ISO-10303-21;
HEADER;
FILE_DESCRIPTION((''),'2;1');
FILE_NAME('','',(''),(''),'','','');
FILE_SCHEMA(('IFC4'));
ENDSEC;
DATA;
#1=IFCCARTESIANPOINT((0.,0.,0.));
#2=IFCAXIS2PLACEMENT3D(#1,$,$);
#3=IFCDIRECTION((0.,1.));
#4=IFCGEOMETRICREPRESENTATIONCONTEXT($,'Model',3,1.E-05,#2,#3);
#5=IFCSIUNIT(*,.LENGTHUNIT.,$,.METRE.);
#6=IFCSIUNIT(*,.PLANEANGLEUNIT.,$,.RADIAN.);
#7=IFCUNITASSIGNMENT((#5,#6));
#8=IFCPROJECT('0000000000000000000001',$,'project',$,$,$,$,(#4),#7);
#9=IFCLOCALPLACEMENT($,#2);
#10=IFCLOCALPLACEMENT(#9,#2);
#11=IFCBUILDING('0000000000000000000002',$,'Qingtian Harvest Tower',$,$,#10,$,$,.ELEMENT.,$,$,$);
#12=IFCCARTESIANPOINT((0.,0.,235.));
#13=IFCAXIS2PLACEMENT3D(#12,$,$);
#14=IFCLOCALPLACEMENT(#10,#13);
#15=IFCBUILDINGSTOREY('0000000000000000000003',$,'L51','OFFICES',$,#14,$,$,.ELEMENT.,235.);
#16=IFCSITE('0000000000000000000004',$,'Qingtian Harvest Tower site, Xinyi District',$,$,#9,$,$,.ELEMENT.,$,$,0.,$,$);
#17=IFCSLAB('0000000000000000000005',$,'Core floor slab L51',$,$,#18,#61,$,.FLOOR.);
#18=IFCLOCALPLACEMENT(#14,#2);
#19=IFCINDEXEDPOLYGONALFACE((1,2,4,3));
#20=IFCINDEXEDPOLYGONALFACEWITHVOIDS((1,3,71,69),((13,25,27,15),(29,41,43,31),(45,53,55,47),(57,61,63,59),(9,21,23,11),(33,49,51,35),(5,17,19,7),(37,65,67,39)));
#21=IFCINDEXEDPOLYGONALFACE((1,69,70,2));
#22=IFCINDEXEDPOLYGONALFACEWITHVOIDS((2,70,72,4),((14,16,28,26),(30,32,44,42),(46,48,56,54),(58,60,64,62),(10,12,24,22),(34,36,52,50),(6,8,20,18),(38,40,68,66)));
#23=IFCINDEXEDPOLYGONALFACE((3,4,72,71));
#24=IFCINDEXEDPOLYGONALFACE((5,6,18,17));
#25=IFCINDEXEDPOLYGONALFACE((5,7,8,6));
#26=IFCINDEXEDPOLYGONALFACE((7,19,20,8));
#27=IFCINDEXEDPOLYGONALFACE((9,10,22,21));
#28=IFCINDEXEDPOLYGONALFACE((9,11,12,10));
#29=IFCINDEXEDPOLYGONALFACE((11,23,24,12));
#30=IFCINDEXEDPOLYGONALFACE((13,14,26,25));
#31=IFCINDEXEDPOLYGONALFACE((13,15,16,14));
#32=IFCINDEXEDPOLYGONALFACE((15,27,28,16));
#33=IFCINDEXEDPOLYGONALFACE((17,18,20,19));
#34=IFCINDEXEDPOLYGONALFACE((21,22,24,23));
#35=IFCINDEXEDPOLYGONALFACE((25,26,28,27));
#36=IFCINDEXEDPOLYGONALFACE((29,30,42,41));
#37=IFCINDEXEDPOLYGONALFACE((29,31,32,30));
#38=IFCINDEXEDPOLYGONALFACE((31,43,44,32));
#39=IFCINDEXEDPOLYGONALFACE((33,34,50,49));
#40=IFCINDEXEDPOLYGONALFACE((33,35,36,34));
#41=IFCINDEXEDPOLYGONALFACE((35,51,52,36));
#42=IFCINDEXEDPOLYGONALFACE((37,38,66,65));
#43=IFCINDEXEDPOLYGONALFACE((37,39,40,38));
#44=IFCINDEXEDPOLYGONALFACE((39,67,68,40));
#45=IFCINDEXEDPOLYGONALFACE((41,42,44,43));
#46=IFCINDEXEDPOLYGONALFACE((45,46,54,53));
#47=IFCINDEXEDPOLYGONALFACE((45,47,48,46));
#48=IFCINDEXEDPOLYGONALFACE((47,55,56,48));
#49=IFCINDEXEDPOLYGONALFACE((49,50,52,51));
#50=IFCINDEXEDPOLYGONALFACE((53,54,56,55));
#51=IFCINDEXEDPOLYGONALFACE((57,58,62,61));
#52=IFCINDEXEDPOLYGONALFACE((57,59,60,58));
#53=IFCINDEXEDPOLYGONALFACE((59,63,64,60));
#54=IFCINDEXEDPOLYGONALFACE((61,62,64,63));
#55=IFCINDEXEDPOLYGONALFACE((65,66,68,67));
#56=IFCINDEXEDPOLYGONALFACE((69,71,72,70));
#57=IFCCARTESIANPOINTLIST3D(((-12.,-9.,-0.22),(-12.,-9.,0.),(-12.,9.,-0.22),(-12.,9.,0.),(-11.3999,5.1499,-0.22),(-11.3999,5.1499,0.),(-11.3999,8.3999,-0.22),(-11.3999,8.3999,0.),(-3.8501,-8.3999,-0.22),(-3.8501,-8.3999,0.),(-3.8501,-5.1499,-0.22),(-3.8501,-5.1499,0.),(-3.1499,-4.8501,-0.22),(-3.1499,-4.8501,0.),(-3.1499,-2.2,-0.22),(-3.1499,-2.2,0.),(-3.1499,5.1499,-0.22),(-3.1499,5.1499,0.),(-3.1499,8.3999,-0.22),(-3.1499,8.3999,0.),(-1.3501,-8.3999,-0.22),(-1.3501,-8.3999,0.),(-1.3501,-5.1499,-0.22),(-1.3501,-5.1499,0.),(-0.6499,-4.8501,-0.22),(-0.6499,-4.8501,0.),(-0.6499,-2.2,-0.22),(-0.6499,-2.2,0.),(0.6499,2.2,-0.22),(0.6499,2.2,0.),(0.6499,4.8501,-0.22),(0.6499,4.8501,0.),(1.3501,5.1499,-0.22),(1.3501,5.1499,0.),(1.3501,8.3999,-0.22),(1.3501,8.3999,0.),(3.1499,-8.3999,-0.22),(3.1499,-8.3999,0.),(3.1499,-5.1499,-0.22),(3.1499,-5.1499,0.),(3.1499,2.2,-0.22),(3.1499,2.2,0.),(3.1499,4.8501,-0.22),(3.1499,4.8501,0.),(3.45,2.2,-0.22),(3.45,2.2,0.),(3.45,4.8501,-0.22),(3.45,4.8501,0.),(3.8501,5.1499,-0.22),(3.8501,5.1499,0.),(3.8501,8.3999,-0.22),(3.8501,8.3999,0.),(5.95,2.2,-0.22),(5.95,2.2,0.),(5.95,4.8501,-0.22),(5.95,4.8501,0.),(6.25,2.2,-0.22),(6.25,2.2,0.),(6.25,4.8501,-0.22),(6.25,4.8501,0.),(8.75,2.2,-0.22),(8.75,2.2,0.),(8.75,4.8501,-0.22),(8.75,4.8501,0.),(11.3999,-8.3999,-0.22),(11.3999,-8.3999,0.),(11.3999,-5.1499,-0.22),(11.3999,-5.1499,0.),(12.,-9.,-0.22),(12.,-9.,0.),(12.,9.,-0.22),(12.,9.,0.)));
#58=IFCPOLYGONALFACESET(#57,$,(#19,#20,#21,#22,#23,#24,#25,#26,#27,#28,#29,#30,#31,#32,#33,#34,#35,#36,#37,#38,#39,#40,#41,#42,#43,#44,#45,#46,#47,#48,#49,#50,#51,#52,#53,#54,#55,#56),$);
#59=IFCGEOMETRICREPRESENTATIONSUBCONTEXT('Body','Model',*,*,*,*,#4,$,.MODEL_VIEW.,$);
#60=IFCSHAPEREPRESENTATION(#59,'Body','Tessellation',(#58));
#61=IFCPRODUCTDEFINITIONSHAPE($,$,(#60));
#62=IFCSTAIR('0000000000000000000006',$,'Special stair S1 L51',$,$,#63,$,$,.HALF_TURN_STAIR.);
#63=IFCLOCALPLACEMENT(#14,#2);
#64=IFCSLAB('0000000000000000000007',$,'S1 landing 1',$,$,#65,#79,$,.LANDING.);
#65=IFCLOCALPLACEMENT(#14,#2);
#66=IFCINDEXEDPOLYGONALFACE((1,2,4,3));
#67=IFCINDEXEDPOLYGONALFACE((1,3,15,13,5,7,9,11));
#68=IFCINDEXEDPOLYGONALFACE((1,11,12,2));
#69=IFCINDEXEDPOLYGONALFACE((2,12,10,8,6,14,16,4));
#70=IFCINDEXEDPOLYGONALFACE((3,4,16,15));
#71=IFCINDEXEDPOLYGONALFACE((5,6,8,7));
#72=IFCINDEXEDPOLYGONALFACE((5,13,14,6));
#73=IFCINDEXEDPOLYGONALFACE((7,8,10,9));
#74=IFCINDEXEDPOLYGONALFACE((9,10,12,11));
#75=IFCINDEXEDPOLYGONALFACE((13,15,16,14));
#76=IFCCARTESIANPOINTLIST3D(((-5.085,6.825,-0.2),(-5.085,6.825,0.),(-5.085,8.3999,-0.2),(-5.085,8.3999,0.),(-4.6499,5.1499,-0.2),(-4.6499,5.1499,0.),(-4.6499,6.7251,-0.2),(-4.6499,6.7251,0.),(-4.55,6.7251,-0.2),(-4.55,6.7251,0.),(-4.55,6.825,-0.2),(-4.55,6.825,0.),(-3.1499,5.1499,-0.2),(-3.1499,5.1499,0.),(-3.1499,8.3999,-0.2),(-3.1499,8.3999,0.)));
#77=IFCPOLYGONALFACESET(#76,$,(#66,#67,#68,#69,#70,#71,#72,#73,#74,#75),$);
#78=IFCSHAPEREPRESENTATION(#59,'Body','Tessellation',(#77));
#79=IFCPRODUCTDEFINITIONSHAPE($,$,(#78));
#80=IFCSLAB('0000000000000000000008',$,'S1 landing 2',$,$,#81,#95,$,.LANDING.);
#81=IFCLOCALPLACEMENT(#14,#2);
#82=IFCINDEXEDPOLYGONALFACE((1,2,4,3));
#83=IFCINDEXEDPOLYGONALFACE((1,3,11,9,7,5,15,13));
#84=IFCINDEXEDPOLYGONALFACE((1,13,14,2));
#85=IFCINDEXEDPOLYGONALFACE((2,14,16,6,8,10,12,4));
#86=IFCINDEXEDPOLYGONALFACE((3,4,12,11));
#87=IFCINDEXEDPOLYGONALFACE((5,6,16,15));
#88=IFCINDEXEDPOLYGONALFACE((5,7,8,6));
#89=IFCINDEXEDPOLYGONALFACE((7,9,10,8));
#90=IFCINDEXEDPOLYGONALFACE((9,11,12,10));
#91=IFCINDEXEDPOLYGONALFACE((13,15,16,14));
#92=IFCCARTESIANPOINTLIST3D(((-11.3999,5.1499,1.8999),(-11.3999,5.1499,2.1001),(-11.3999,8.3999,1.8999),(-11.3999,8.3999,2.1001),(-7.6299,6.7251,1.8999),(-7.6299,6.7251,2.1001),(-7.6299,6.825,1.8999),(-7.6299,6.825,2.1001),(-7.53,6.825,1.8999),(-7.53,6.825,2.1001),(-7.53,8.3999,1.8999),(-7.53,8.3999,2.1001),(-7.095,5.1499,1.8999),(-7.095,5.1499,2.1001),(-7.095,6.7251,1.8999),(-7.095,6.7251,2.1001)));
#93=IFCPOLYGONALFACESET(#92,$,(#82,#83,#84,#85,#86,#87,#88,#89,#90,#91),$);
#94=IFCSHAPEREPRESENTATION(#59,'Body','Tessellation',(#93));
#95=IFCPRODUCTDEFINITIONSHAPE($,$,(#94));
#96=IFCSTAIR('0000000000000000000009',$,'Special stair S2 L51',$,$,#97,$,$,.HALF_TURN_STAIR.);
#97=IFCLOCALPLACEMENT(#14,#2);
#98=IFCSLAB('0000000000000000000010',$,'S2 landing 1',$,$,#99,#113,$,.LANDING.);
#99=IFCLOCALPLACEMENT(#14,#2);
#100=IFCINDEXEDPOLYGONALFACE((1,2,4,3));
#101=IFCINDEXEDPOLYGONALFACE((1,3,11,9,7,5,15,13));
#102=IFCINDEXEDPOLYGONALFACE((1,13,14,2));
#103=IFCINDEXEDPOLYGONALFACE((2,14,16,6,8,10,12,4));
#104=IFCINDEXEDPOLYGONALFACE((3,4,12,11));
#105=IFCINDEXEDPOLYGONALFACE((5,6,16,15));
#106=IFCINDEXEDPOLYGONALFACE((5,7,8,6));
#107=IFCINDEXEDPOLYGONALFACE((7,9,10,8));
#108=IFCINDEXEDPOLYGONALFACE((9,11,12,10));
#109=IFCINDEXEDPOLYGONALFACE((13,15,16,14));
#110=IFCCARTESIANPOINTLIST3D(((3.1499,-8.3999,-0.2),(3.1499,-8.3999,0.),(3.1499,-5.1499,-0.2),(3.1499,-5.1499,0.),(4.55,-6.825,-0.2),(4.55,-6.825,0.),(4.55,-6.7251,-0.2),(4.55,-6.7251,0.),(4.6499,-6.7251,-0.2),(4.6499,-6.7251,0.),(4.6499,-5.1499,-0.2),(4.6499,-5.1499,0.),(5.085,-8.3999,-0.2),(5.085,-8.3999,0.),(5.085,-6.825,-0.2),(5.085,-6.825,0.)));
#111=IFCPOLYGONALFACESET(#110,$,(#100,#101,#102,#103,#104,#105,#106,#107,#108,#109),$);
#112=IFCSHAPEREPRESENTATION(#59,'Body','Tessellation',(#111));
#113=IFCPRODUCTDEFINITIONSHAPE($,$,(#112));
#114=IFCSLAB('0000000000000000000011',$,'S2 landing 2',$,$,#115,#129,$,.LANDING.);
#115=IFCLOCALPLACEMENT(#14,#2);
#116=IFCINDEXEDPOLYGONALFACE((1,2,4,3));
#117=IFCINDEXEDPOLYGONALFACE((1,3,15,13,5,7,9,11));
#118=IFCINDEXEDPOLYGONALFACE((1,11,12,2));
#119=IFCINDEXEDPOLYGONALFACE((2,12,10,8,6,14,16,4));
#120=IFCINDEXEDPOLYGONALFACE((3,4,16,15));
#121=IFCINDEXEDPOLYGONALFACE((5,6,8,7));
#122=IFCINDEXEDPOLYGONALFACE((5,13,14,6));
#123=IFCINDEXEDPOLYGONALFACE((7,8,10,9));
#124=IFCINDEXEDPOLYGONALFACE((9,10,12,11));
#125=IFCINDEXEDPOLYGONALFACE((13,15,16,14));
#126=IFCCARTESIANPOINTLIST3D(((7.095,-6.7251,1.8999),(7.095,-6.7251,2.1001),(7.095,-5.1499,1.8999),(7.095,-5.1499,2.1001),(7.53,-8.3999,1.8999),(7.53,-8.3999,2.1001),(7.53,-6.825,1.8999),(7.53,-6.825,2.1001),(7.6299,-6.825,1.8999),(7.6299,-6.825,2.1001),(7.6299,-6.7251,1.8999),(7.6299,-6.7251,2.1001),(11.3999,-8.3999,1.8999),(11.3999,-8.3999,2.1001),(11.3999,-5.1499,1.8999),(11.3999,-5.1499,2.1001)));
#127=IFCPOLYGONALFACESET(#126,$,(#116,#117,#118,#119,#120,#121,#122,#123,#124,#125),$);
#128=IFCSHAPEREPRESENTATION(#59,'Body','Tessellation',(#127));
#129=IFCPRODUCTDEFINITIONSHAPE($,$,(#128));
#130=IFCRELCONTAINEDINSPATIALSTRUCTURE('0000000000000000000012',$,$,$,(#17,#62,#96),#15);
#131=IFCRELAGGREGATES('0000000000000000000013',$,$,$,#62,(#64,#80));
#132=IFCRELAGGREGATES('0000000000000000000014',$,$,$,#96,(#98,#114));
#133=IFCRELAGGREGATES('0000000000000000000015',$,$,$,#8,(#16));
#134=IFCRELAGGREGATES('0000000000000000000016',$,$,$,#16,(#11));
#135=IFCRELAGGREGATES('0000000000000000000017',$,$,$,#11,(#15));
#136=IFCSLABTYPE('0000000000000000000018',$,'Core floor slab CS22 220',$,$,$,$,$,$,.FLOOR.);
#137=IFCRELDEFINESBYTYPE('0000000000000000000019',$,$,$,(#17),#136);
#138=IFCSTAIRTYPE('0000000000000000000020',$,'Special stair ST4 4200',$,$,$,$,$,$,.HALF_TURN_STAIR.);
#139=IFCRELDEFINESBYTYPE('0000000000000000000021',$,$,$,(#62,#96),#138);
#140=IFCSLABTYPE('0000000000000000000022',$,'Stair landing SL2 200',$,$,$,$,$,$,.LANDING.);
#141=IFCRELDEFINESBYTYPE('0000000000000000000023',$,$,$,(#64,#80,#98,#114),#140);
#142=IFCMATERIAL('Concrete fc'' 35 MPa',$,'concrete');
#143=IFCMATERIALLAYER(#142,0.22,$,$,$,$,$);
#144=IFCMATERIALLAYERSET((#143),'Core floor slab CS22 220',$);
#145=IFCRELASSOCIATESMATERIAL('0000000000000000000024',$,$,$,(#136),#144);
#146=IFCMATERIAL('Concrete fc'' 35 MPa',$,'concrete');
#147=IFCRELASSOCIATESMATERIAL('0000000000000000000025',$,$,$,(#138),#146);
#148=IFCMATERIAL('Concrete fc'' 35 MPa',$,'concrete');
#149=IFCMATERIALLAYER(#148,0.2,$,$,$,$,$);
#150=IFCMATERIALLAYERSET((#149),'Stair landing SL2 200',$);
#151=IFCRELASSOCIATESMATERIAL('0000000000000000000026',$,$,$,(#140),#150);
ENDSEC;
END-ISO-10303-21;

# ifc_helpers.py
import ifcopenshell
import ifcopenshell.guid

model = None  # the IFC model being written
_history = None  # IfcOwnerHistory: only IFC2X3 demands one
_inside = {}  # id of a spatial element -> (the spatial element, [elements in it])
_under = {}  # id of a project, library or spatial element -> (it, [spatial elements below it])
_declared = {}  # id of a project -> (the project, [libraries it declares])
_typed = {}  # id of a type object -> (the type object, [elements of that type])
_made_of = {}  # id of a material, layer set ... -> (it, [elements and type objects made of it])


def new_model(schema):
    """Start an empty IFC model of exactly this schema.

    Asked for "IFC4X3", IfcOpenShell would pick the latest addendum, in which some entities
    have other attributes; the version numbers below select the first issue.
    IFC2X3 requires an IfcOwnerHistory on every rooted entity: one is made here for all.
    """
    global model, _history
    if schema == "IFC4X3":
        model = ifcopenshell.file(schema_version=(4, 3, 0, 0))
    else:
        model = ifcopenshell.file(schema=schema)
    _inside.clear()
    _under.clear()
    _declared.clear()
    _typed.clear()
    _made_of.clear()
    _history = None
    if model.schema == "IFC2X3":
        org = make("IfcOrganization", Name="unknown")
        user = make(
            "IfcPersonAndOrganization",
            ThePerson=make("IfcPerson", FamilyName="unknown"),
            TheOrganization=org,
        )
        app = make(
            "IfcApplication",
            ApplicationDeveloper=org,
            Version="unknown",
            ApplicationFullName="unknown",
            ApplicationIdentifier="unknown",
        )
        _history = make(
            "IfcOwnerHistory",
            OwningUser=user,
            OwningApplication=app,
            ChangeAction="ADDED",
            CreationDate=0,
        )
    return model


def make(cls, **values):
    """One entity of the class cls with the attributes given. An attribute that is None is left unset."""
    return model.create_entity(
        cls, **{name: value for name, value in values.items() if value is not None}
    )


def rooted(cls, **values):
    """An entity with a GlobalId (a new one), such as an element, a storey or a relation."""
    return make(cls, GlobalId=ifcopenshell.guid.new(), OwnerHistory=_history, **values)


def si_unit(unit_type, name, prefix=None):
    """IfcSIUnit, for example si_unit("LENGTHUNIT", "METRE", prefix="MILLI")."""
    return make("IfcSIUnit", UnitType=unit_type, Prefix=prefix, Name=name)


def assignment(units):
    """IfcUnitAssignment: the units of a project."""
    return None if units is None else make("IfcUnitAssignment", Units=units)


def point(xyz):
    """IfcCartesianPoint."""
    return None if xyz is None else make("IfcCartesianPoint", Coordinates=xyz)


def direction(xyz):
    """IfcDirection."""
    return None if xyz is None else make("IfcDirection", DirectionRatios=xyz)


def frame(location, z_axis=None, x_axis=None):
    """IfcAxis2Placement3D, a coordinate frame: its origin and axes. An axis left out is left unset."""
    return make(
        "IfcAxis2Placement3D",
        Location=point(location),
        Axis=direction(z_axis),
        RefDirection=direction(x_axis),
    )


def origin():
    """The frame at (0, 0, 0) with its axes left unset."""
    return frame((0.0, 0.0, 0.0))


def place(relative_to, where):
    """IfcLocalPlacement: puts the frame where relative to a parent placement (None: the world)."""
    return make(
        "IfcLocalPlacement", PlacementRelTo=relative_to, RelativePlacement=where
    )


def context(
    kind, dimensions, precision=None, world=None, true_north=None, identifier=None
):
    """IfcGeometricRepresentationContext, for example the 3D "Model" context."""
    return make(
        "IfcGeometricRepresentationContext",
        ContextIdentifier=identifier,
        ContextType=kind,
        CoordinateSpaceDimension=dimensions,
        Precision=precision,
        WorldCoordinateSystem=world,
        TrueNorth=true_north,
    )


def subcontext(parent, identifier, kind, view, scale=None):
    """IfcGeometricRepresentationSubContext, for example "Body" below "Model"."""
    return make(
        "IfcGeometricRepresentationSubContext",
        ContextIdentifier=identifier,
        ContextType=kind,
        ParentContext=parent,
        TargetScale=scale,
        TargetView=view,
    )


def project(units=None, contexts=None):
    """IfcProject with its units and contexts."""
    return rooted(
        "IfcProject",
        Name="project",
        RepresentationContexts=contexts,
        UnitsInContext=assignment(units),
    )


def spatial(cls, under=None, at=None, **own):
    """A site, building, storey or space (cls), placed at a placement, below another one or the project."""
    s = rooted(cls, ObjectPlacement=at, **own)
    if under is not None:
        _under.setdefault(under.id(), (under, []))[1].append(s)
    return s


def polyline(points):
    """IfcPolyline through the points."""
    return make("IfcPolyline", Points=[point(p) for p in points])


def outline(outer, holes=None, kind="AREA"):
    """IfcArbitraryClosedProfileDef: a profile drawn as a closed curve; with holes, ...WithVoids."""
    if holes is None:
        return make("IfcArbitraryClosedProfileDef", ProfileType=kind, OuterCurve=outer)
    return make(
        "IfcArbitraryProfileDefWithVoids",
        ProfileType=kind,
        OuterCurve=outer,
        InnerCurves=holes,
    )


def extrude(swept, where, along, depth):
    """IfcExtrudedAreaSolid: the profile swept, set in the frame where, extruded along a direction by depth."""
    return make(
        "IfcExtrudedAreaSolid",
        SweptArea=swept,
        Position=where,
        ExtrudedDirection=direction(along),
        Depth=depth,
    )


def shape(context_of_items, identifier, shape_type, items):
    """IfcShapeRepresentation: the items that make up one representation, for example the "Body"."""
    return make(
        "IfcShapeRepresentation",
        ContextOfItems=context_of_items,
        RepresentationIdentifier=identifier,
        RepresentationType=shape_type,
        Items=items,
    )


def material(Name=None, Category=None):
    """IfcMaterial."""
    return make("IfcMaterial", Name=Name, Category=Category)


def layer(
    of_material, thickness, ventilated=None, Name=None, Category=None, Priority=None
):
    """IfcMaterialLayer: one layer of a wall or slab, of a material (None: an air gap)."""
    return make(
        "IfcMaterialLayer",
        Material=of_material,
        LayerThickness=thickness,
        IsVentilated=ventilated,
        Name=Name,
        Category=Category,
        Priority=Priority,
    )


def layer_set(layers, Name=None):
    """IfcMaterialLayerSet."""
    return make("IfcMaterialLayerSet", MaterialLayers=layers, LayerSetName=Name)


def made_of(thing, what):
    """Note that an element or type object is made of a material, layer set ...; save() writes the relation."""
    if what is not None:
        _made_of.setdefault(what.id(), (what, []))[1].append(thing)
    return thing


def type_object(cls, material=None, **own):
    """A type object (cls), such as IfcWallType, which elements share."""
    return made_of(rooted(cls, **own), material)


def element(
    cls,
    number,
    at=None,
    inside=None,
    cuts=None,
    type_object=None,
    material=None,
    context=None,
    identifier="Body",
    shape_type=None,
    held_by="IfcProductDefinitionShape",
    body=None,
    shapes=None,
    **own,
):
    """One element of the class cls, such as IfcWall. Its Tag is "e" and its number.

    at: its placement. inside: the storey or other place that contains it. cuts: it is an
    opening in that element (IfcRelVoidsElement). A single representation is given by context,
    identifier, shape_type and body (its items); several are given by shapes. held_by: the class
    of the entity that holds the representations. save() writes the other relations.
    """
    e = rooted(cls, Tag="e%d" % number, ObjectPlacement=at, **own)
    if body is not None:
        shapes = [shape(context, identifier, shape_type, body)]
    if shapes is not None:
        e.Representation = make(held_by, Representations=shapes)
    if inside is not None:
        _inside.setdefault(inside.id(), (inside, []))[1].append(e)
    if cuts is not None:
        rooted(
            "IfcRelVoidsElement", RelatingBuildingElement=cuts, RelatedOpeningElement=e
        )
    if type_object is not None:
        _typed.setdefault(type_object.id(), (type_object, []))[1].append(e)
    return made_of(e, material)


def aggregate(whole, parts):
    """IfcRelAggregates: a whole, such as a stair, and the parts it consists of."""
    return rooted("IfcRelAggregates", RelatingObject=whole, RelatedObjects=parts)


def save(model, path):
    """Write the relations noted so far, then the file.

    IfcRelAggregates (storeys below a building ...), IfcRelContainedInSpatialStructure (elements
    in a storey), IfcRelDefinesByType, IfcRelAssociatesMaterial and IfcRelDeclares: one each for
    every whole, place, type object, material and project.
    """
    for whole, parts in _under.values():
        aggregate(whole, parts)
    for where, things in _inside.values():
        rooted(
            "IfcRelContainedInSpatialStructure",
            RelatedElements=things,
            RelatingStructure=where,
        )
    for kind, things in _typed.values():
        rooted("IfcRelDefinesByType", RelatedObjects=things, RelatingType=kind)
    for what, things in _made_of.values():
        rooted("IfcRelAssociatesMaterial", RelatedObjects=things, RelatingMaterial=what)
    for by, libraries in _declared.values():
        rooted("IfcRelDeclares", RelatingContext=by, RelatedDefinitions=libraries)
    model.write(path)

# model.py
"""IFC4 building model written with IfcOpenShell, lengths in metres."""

from ifc_helpers import new_model, si_unit, direction, frame, origin, place, context, subcontext, project, spatial, polyline, outline, extrude, material, layer, layer_set, type_object, element, aggregate, save


model = new_model("IFC4")

# Units and contexts
model_context = context("Model", 3, precision=1e-05, world=origin(), true_north=direction((0.0, 1.0)))
body_context = subcontext(model_context, "Body", "Model", "MODEL_VIEW")
ifc_project = project(units=[si_unit("LENGTHUNIT", "METRE"), si_unit("PLANEANGLEUNIT", "RADIAN")], contexts=[model_context])

# Site, building, storey
site_placement = place(None, origin())
site = spatial("IfcSite", under=ifc_project, at=site_placement, Name="Qingtian Harvest Tower site, Xinyi District", CompositionType="ELEMENT", RefElevation=0.0)
building_placement = place(site_placement, origin())
building = spatial("IfcBuilding", under=site, at=building_placement, Name="Qingtian Harvest Tower", CompositionType="ELEMENT")
storey_placement = place(building_placement, frame((0.0, 0.0, 235.0)))
storey = spatial("IfcBuildingStorey", under=building, at=storey_placement, Name="L51", Description="OFFICES", CompositionType="ELEMENT", Elevation=235.0)

# Slab
ifc_material_1 = material(Name="Concrete fc' 35 MPa", Category="concrete")
ifc_layer_1 = layer(ifc_material_1, 0.22)
ifc_layer_set_1 = layer_set([ifc_layer_1], Name="Core floor slab CS22 220")
slab_type_1 = type_object("IfcSlabType", Name="Core floor slab CS22 220", PredefinedType="FLOOR", material=ifc_layer_set_1)
slab_1_placement = place(storey_placement, frame((0.0, 0.0, -0.22)))
element("IfcSlab", 1, at=slab_1_placement, inside=storey, type_object=slab_type_1, Name="Core floor slab L51", PredefinedType="FLOOR", context=body_context, shape_type="SweptSolid", body=[
    extrude(outline(polyline([(-12.0, -9.0), (12.0, -9.0), (12.0, 9.0), (-12.0, 9.0), (-12.0, -9.0)]), holes=[polyline([(-11.3999, 5.1499), (-3.1499, 5.1499), (-3.1499, 8.3999), (-11.3999, 8.3999), (-11.3999, 5.1499)]), polyline([(3.1499, -8.3999), (11.3999, -8.3999), (11.3999, -5.1499), (3.1499, -5.1499), (3.1499, -8.3999)]), polyline([(1.3501, 5.1499), (3.8501, 5.1499), (3.8501, 8.3999), (1.3501, 8.3999), (1.3501, 5.1499)]), polyline([(-3.8501, -8.3999), (-1.3501, -8.3999), (-1.3501, -5.1499), (-3.8501, -5.1499), (-3.8501, -8.3999)]), polyline([(0.6499, 2.2), (3.1499, 2.2), (3.1499, 4.8501), (0.6499, 4.8501), (0.6499, 2.2)]), polyline([(3.45, 2.2), (5.95, 2.2), (5.95, 4.8501), (3.45, 4.8501), (3.45, 2.2)]), polyline([(6.25, 2.2), (8.75, 2.2), (8.75, 4.8501), (6.25, 4.8501), (6.25, 2.2)]), polyline([(-3.1499, -4.8501), (-0.6499, -4.8501), (-0.6499, -2.2), (-3.1499, -2.2), (-3.1499, -4.8501)])]), origin(), (0.0, 0.0, 1.0), 0.22),
])

# Stairs, slabs
ifc_material_2 = material(Name="Concrete fc' 35 MPa", Category="concrete")
stair_type = type_object("IfcStairType", Name="Special stair ST4 4200", PredefinedType="HALF_TURN_STAIR", material=ifc_material_2)
stair_1_placement = place(storey_placement, origin())
stair_1 = element("IfcStair", 2, at=stair_1_placement, inside=storey, type_object=stair_type, Name="Special stair S1 L51", PredefinedType="HALF_TURN_STAIR")
ifc_material_3 = material(Name="Concrete fc' 35 MPa", Category="concrete")
ifc_layer_2 = layer(ifc_material_3, 0.2)
ifc_layer_set_2 = layer_set([ifc_layer_2], Name="Stair landing SL2 200")
slab_type_2 = type_object("IfcSlabType", Name="Stair landing SL2 200", PredefinedType="LANDING", material=ifc_layer_set_2)
slab_2_placement = place(storey_placement, frame((0.0, 0.0, -0.2)))
slab_2 = element("IfcSlab", 3, at=slab_2_placement, type_object=slab_type_2, Name="S1 landing 1", PredefinedType="LANDING", context=body_context, shape_type="SweptSolid", body=[
    extrude(outline(polyline([(-4.6499, 5.1499), (-4.6499, 6.7251), (-4.55, 6.7251), (-4.55, 6.825), (-5.085, 6.825), (-5.085, 8.3999), (-3.1499, 8.3999), (-3.1499, 5.1499), (-4.6499, 5.1499)])), origin(), (0.0, 0.0, 1.0), 0.2),
])
slab_3_placement = place(storey_placement, frame((0.0, 0.0, 1.8999)))
slab_3 = element("IfcSlab", 4, at=slab_3_placement, type_object=slab_type_2, Name="S1 landing 2", PredefinedType="LANDING", context=body_context, shape_type="SweptSolid", body=[
    extrude(outline(polyline([(-7.095, 5.1499), (-11.3999, 5.1499), (-11.3999, 8.3999), (-7.53, 8.3999), (-7.53, 6.825), (-7.6299, 6.825), (-7.6299, 6.7251), (-7.095, 6.7251), (-7.095, 5.1499)])), origin(), (0.0, 0.0, 1.0), 0.2002),
])
aggregate(stair_1, [slab_2, slab_3])
stair_2_placement = place(storey_placement, origin())
stair_2 = element("IfcStair", 5, at=stair_2_placement, inside=storey, type_object=stair_type, Name="Special stair S2 L51", PredefinedType="HALF_TURN_STAIR")
slab_4_placement = place(storey_placement, frame((0.0, 0.0, -0.2)))
slab_4 = element("IfcSlab", 6, at=slab_4_placement, type_object=slab_type_2, Name="S2 landing 1", PredefinedType="LANDING", context=body_context, shape_type="SweptSolid", body=[
    extrude(outline(polyline([(5.085, -8.3999), (3.1499, -8.3999), (3.1499, -5.1499), (4.6499, -5.1499), (4.6499, -6.7251), (4.55, -6.7251), (4.55, -6.825), (5.085, -6.825), (5.085, -8.3999)])), origin(), (0.0, 0.0, 1.0), 0.2),
])
slab_5_placement = place(storey_placement, frame((0.0, 0.0, 1.8999)))
slab_5 = element("IfcSlab", 7, at=slab_5_placement, type_object=slab_type_2, Name="S2 landing 2", PredefinedType="LANDING", context=body_context, shape_type="SweptSolid", body=[
    extrude(outline(polyline([(7.53, -8.3999), (7.53, -6.825), (7.6299, -6.825), (7.6299, -6.7251), (7.095, -6.7251), (7.095, -5.1499), (11.3999, -5.1499), (11.3999, -8.3999), (7.53, -8.3999)])), origin(), (0.0, 0.0, 1.0), 0.2002),
])
aggregate(stair_2, [slab_4, slab_5])

save(model, "model.ifc")
